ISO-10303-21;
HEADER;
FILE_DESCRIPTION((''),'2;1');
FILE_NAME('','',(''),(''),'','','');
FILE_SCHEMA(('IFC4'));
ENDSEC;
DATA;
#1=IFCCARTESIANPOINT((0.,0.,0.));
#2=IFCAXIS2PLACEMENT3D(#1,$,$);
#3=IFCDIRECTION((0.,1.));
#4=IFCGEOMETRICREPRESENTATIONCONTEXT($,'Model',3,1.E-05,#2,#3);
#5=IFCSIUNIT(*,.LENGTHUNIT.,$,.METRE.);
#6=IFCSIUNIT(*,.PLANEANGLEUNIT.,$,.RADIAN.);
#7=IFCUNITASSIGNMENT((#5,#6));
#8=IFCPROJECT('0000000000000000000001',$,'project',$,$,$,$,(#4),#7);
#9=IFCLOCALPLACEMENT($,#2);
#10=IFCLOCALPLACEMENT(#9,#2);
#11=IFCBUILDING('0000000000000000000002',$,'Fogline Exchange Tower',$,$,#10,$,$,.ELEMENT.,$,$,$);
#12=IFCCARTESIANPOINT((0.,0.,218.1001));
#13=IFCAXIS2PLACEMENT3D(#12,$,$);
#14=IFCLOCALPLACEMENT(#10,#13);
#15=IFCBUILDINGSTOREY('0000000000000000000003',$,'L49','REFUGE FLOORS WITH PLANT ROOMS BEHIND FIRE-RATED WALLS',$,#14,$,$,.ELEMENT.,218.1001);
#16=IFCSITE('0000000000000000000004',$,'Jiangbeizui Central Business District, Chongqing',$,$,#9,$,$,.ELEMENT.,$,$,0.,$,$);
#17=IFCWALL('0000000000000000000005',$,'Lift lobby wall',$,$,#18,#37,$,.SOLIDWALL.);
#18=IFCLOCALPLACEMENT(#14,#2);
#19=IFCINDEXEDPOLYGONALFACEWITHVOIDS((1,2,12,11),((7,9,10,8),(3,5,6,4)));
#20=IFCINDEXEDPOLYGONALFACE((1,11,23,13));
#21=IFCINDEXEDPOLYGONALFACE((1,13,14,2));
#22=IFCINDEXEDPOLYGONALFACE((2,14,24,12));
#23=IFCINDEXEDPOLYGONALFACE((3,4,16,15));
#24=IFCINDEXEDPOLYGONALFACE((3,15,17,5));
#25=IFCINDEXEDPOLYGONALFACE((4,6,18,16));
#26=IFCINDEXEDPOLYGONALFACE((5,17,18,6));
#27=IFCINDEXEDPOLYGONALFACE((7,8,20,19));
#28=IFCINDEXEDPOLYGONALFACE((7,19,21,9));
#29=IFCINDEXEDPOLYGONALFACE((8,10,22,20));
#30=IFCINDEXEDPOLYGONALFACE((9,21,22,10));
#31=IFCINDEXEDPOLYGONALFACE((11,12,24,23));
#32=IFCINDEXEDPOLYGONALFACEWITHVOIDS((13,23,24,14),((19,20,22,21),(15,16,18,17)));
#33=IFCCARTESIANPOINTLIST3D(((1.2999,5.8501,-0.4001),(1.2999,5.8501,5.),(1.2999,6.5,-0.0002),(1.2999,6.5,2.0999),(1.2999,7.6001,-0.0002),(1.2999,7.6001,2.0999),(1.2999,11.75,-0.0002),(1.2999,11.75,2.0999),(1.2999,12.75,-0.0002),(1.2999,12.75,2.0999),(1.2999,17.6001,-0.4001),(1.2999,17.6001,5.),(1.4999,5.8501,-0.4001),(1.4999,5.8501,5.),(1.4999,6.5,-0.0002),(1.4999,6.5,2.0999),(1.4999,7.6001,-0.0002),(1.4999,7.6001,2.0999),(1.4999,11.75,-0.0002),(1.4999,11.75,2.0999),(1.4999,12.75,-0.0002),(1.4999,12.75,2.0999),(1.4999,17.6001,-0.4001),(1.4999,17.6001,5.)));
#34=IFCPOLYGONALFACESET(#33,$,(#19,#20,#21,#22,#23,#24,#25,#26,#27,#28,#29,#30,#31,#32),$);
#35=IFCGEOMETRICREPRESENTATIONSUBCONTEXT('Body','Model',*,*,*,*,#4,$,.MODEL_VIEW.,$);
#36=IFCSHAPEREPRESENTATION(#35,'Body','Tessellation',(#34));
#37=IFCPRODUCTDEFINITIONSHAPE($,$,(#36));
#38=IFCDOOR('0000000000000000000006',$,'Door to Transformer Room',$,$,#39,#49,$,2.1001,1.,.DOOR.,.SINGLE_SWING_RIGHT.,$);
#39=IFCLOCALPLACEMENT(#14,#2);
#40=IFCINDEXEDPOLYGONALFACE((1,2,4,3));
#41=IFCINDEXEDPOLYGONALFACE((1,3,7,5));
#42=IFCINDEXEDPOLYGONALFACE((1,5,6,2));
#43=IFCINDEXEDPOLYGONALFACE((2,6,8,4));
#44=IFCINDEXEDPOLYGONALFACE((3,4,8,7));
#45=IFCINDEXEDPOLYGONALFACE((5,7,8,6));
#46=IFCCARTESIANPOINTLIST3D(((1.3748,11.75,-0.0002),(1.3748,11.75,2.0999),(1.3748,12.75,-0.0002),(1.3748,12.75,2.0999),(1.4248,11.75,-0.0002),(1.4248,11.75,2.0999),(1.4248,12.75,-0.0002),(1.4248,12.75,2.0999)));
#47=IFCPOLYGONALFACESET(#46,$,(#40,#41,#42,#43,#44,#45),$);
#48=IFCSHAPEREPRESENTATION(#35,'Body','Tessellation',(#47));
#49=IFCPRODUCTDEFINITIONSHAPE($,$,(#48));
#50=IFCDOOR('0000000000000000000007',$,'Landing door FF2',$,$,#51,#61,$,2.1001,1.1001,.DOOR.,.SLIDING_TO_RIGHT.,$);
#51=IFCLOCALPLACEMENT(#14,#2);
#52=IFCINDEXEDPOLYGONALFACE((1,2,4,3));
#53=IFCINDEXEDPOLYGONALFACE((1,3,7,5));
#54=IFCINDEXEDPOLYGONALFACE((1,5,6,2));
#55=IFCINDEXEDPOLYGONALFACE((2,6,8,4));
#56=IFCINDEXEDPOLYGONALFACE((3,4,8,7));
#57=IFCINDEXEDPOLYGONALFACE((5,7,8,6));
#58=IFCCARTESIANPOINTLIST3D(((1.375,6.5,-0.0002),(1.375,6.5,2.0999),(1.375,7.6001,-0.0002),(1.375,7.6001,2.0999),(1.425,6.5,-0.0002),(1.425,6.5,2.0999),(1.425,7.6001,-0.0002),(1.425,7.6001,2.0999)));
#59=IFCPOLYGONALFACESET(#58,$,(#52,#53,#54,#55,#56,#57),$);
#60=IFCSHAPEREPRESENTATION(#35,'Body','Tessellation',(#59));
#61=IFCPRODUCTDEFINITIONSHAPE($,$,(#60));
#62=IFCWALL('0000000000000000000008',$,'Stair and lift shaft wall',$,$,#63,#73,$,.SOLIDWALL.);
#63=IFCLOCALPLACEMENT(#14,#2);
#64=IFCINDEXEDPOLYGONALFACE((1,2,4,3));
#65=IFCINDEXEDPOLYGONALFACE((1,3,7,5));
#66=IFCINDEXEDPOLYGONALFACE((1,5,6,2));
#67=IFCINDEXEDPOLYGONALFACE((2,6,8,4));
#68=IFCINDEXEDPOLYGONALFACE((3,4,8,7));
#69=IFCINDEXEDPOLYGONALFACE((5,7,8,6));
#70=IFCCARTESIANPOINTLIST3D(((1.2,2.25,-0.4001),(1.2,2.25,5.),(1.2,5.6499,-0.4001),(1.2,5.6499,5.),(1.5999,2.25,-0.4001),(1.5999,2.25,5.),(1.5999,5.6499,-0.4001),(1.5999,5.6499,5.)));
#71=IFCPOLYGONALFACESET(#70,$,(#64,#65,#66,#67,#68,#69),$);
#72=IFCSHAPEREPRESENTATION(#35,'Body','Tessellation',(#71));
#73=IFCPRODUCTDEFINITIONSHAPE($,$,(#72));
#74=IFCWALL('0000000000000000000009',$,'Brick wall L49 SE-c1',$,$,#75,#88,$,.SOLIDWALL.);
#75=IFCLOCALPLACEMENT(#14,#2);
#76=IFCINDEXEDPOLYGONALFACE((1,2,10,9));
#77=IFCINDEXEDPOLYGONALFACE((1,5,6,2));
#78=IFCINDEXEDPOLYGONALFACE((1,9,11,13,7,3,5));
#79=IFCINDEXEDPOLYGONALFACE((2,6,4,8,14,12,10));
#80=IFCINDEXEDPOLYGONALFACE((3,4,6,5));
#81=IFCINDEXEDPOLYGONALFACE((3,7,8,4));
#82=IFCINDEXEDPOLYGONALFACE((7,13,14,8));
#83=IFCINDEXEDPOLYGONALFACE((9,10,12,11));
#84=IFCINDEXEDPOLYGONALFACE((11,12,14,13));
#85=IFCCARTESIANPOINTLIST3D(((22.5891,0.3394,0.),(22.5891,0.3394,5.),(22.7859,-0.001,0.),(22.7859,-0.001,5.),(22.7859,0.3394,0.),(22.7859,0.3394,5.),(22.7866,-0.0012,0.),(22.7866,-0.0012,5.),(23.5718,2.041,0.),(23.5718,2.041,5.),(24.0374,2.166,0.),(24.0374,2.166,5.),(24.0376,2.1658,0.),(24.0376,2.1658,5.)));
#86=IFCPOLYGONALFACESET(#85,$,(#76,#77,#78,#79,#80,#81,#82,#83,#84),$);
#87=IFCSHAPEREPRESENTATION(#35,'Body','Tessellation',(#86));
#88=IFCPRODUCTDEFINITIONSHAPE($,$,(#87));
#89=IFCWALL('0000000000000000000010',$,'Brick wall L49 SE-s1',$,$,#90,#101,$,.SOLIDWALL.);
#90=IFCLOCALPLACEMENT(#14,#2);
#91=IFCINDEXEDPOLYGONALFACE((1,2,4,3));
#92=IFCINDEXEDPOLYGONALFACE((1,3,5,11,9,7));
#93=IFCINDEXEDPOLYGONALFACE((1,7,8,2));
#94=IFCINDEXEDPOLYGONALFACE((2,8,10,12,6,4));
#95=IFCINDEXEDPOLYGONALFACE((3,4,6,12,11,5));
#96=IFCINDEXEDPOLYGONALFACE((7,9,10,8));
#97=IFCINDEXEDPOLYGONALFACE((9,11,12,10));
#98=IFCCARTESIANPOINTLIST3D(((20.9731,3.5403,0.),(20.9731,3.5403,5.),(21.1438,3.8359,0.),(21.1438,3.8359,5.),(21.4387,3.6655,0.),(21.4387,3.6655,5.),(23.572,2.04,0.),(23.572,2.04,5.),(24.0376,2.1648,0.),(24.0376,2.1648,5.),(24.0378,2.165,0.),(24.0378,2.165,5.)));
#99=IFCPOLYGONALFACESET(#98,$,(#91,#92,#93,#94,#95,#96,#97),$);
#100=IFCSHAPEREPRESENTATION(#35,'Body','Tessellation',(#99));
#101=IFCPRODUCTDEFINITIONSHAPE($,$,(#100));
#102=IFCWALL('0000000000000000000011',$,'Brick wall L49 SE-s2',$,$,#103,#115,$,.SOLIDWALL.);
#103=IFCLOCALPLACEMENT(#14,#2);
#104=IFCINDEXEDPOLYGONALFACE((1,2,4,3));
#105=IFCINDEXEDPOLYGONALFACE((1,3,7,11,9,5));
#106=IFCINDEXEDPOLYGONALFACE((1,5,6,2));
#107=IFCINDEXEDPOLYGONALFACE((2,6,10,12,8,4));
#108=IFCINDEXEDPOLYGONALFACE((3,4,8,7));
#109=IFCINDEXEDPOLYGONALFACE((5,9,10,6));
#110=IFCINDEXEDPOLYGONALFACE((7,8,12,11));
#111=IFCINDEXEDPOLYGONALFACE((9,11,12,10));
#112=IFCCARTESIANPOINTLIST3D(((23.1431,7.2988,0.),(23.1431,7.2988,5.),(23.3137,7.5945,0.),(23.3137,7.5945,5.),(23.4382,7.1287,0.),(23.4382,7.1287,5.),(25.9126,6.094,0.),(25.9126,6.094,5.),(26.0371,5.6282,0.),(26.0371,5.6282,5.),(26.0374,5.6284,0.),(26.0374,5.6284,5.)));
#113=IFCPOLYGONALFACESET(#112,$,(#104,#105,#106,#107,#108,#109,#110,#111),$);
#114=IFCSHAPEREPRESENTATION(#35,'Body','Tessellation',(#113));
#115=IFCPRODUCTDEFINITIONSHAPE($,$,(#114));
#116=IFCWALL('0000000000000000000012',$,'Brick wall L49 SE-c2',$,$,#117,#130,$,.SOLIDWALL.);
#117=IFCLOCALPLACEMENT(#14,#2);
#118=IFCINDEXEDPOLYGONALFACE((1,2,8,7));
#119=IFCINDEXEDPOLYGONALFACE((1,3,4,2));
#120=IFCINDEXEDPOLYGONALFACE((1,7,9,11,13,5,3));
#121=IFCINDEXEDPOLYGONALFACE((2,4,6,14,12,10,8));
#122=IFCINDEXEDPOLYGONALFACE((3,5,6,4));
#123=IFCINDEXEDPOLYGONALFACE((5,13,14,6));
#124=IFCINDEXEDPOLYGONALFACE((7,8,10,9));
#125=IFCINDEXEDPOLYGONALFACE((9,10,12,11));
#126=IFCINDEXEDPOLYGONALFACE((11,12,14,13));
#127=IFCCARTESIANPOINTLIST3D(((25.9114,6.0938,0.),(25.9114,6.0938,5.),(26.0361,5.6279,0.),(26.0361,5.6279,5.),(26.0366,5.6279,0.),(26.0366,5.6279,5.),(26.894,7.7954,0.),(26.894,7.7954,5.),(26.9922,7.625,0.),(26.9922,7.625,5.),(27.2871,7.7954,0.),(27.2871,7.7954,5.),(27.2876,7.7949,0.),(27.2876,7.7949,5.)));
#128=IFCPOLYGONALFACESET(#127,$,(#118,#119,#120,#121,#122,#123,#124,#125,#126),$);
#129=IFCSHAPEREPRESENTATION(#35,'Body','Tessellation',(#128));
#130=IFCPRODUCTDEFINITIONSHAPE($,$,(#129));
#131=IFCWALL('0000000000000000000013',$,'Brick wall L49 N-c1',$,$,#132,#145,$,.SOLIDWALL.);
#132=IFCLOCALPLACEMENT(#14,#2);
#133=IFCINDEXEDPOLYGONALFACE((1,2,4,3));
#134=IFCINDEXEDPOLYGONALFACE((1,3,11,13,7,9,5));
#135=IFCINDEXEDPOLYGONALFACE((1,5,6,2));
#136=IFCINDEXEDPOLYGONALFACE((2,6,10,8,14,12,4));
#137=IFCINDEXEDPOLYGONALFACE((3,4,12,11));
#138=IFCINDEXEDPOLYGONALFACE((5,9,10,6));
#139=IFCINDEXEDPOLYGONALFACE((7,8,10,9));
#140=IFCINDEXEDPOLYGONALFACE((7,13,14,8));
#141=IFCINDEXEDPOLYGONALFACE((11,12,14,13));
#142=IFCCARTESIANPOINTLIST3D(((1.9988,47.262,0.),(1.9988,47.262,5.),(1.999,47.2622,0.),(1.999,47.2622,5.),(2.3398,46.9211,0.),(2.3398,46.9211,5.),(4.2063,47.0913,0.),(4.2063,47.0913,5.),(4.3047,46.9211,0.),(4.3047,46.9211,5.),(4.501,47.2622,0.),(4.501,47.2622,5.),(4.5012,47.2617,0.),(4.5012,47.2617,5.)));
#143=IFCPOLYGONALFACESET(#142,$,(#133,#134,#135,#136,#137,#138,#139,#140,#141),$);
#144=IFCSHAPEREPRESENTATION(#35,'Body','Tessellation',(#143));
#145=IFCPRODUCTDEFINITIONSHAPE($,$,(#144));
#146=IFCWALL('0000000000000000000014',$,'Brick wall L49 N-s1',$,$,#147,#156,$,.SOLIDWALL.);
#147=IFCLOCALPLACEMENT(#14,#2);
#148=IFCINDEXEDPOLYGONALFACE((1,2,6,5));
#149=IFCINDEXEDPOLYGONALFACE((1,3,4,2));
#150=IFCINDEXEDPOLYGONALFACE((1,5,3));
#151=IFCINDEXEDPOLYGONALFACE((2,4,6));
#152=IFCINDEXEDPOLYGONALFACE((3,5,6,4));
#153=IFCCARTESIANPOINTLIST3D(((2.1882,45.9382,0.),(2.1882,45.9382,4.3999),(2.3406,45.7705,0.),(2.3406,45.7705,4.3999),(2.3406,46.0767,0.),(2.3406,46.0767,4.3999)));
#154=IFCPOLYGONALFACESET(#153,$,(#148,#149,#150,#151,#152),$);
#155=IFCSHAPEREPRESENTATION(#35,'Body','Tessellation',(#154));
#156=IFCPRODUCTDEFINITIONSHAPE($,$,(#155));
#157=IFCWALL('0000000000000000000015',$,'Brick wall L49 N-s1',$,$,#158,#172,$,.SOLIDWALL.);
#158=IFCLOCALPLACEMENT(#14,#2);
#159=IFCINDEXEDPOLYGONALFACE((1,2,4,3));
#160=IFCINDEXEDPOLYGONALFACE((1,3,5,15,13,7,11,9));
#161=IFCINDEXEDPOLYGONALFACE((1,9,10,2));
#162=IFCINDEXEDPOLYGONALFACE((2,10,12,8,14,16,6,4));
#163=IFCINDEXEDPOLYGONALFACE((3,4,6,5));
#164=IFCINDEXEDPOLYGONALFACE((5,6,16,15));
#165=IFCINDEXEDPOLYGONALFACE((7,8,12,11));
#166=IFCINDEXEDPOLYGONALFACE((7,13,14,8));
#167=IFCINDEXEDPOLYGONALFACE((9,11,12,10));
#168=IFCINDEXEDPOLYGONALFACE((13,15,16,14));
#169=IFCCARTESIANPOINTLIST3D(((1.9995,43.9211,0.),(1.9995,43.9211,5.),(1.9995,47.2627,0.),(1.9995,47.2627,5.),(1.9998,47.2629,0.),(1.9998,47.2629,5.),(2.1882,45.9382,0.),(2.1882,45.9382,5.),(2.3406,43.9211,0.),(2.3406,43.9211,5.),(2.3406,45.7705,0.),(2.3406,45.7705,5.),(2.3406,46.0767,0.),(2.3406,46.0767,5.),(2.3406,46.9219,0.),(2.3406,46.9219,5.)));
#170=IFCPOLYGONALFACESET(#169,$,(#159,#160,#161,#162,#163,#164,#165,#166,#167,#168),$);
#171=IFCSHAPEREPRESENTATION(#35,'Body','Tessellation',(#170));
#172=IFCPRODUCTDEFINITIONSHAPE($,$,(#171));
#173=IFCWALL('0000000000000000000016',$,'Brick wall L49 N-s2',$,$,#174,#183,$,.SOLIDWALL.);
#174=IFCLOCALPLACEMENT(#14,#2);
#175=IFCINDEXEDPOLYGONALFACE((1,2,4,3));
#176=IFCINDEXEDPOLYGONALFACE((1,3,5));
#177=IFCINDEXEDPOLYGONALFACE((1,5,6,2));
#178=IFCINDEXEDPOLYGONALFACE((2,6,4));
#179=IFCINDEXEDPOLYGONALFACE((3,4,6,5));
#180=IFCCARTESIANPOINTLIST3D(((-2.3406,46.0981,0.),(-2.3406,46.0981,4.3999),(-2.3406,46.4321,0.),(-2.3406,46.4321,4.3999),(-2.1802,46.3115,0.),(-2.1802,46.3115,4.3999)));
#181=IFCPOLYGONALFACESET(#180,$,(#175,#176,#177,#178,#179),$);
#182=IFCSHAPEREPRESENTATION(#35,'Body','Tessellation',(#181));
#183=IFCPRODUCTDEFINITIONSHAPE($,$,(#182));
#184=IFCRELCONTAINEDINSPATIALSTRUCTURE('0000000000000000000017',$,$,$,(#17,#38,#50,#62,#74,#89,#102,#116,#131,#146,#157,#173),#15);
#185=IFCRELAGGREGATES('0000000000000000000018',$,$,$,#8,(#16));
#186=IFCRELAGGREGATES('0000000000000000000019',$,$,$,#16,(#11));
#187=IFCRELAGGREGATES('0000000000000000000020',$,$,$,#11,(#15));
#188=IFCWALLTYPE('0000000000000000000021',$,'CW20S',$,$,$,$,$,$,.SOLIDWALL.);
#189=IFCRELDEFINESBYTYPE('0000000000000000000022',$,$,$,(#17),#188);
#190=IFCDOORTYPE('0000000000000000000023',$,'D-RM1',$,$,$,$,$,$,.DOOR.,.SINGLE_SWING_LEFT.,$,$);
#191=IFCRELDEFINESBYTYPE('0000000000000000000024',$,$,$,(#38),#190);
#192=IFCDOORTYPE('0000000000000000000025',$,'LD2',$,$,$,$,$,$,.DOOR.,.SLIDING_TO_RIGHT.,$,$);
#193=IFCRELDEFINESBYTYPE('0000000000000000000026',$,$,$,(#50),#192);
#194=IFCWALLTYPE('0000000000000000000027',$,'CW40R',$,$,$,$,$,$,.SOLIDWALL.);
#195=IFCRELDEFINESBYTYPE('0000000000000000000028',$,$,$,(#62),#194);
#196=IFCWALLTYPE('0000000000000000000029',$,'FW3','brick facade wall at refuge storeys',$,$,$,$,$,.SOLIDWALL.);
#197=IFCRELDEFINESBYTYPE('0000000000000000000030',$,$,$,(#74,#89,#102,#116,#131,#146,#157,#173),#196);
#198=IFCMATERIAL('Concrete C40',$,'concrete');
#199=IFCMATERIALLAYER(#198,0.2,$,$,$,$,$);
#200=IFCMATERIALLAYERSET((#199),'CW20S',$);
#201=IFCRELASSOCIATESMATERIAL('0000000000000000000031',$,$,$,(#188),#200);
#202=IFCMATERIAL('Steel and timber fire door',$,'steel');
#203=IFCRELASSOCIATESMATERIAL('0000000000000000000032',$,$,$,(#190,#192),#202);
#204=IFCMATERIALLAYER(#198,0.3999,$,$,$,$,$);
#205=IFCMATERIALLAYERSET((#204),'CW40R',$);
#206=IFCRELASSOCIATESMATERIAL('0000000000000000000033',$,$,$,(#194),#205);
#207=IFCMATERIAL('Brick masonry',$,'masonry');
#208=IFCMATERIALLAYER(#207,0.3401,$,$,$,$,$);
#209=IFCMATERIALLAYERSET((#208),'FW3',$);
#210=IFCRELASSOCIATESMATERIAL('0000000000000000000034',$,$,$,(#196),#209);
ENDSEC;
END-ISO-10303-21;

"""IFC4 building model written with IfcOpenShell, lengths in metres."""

from ifc_helpers import new_model, si_unit, direction, frame, frame_2d, origin, place, context, subcontext, project, spatial, polyline, rectangle, outline, extrude, material, layer, layer_set, type_object, element, fill, save


model = new_model("IFC4")

# Units and contexts
model_context = context("Model", 3, precision=1e-05, world=origin(), true_north=direction((0.0, 1.0)))
body_context = subcontext(model_context, "Body", "Model", "MODEL_VIEW")
ifc_project = project(units=[si_unit("LENGTHUNIT", "METRE"), si_unit("PLANEANGLEUNIT", "RADIAN")], contexts=[model_context])

# Site, building, storey
site_placement = place(None, origin())
site = spatial("IfcSite", under=ifc_project, at=site_placement, Name="Jiangbeizui Central Business District, Chongqing", CompositionType="ELEMENT", RefElevation=0.0)
building_placement = place(site_placement, origin())
building = spatial("IfcBuilding", under=site, at=building_placement, Name="Fogline Exchange Tower", CompositionType="ELEMENT")
storey_placement = place(building_placement, frame((0.0, 0.0, 218.1001)))
storey = spatial("IfcBuildingStorey", under=building, at=storey_placement, Name="L49", Description="REFUGE FLOORS WITH PLANT ROOMS BEHIND FIRE-RATED WALLS", CompositionType="ELEMENT", Elevation=218.1001)

# Shared definitions
ifc_material_1 = material(Name="Concrete C40", Category="concrete")

# Wall, openings, doors
ifc_layer_1 = layer(ifc_material_1, 0.2)
ifc_layer_set_1 = layer_set([ifc_layer_1], Name="CW20S")
wall_type_1 = type_object("IfcWallType", Name="CW20S", PredefinedType="SOLIDWALL", material=ifc_layer_set_1)
wall_1_placement = place(storey_placement, frame((1.3999, 5.8501, -0.4001), z_axis=(0.0, 0.0, 1.0), x_axis=(0.0, 1.0, 0.0)))
wall_1 = element("IfcWall", 1, at=wall_1_placement, inside=storey, type_object=wall_type_1, Name="Lift lobby wall", PredefinedType="SOLIDWALL", context=body_context, shape_type="SweptSolid", body=[
    extrude(rectangle(XDim=11.75, YDim=0.2, at=frame_2d((5.875, 0.0))), origin(), (0.0, 0.0, 1.0), 5.4001),
])
opening_1_placement = place(wall_1_placement, frame((0.6499, 0.0, 0.3999)))
opening_1 = element("IfcOpeningElement", 2, at=opening_1_placement, cuts=wall_1, PredefinedType="OPENING", context=body_context, shape_type="SweptSolid", body=[
    extrude(rectangle(XDim=1.1001, YDim=2.1001, at=frame_2d((0.55, 1.05))), frame((0.0, 0.1099, 0.0), z_axis=(0.0, -1.0, 0.0), x_axis=(1.0, 0.0, 0.0)), (0.0, 0.0, 1.0), 0.22),
])
opening_2_placement = place(wall_1_placement, frame((5.8999, 0.0, 0.3999)))
opening_2 = element("IfcOpeningElement", 3, at=opening_2_placement, cuts=wall_1, PredefinedType="OPENING", context=body_context, shape_type="SweptSolid", body=[
    extrude(rectangle(XDim=1.0, YDim=2.1001, at=frame_2d((0.5, 1.05))), frame((0.0, 0.1099, 0.0), z_axis=(0.0, -1.0, 0.0), x_axis=(1.0, 0.0, 0.0)), (0.0, 0.0, 1.0), 0.22),
])
ifc_material_2 = material(Name="Steel and timber fire door", Category="steel")
door_type_1 = type_object("IfcDoorType", Name="D-RM1", OperationType="SINGLE_SWING_LEFT", PredefinedType="DOOR", material=ifc_material_2)
door_1_placement = place(opening_2_placement, frame((1.0, 0.0, 0.0), z_axis=(0.0, 0.0, 1.0), x_axis=(-1.0, 0.0, 0.0)))
door_1 = element("IfcDoor", 4, at=door_1_placement, inside=storey, type_object=door_type_1, Name="Door to Transformer Room", OperationType="SINGLE_SWING_RIGHT", OverallHeight=2.1001, OverallWidth=1.0, PredefinedType="DOOR", context=body_context, shape_type="SweptSolid", body=[
    extrude(rectangle(XDim=1.0, YDim=2.1001, at=frame_2d((0.5, 1.05))), frame((0.0, 0.0249, 0.0), z_axis=(0.0, -1.0, 0.0), x_axis=(1.0, 0.0, 0.0)), (0.0, 0.0, 1.0), 0.05),
])
fill(opening_2, door_1)
door_type_2 = type_object("IfcDoorType", Name="LD2", OperationType="SLIDING_TO_RIGHT", PredefinedType="DOOR", material=ifc_material_2)
door_2_placement = place(opening_1_placement, origin())
door_2 = element("IfcDoor", 5, at=door_2_placement, inside=storey, type_object=door_type_2, Name="Landing door FF2", OperationType="SLIDING_TO_RIGHT", OverallHeight=2.1001, OverallWidth=1.1001, PredefinedType="DOOR", context=body_context, shape_type="SweptSolid", body=[
    extrude(rectangle(XDim=1.1001, YDim=2.1001, at=frame_2d((0.55, 1.05))), frame((0.0, 0.0249, 0.0), z_axis=(0.0, -1.0, 0.0), x_axis=(1.0, 0.0, 0.0)), (0.0, 0.0, 1.0), 0.05),
])
fill(opening_1, door_2)

# Walls
ifc_layer_2 = layer(ifc_material_1, 0.3999)
ifc_layer_set_2 = layer_set([ifc_layer_2], Name="CW40R")
wall_type_2 = type_object("IfcWallType", Name="CW40R", PredefinedType="SOLIDWALL", material=ifc_layer_set_2)
wall_2_placement = place(storey_placement, frame((1.3999, 2.25, -0.4001), z_axis=(0.0, 0.0, 1.0), x_axis=(0.0, 1.0, 0.0)))
element("IfcWall", 6, at=wall_2_placement, inside=storey, type_object=wall_type_2, Name="Stair and lift shaft wall", PredefinedType="SOLIDWALL", context=body_context, shape_type="SweptSolid", body=[
    extrude(rectangle(XDim=3.3999, YDim=0.3999, at=frame_2d((1.7, 0.0))), origin(), (0.0, 0.0, 1.0), 5.4001),
])
ifc_material_3 = material(Name="Brick masonry", Category="masonry")
ifc_layer_3 = layer(ifc_material_3, 0.3401)
ifc_layer_set_3 = layer_set([ifc_layer_3], Name="FW3")
wall_type_3 = type_object("IfcWallType", Name="FW3", Description="brick facade wall at refuge storeys", PredefinedType="SOLIDWALL", material=ifc_layer_set_3)
wall_3_placement = place(storey_placement, origin())
element("IfcWall", 7, at=wall_3_placement, inside=storey, type_object=wall_type_3, Name="Brick wall L49 SE-c1", PredefinedType="SOLIDWALL", context=body_context, shape_type="SweptSolid", body=[
    extrude(outline(polyline([(24.0376, 2.1658), (22.7866, -0.0012), (22.7859, -0.001), (22.7859, 0.3394), (22.5891, 0.3394), (23.5718, 2.041), (24.0374, 2.166), (24.0376, 2.1658)])), origin(), (0.0, 0.0, 1.0), 5.0),
])
wall_4_placement = place(storey_placement, origin())
element("IfcWall", 8, at=wall_4_placement, inside=storey, type_object=wall_type_3, Name="Brick wall L49 SE-s1", PredefinedType="SOLIDWALL", context=body_context, shape_type="SweptSolid", body=[
    extrude(outline(polyline([(20.9731, 3.5403), (21.1438, 3.8359), (21.4387, 3.6655), (24.0378, 2.165), (24.0376, 2.1648), (23.572, 2.04), (20.9731, 3.5403)])), origin(), (0.0, 0.0, 1.0), 5.0),
])
wall_5_placement = place(storey_placement, origin())
element("IfcWall", 9, at=wall_5_placement, inside=storey, type_object=wall_type_3, Name="Brick wall L49 SE-s2", PredefinedType="SOLIDWALL", context=body_context, shape_type="SweptSolid", body=[
    extrude(outline(polyline([(26.0371, 5.6282), (23.4382, 7.1287), (23.1431, 7.2988), (23.3137, 7.5945), (25.9126, 6.094), (26.0374, 5.6284), (26.0371, 5.6282)])), origin(), (0.0, 0.0, 1.0), 5.0),
])
wall_6_placement = place(storey_placement, origin())
element("IfcWall", 10, at=wall_6_placement, inside=storey, type_object=wall_type_3, Name="Brick wall L49 SE-c2", PredefinedType="SOLIDWALL", context=body_context, shape_type="SweptSolid", body=[
    extrude(outline(polyline([(26.894, 7.7954), (26.9922, 7.625), (27.2871, 7.7954), (27.2876, 7.7949), (26.0366, 5.6279), (26.0361, 5.6279), (25.9114, 6.0938), (26.894, 7.7954)])), origin(), (0.0, 0.0, 1.0), 5.0),
])
wall_7_placement = place(storey_placement, origin())
element("IfcWall", 11, at=wall_7_placement, inside=storey, type_object=wall_type_3, Name="Brick wall L49 N-c1", PredefinedType="SOLIDWALL", context=body_context, shape_type="SweptSolid", body=[
    extrude(outline(polyline([(1.999, 47.2622), (4.501, 47.2622), (4.5012, 47.2617), (4.2063, 47.0913), (4.3047, 46.9211), (2.3398, 46.9211), (1.9988, 47.262), (1.999, 47.2622)])), origin(), (0.0, 0.0, 1.0), 5.0),
])
wall_8_placement = place(storey_placement, origin())
element("IfcWall", 12, at=wall_8_placement, inside=storey, type_object=wall_type_3, Name="Brick wall L49 N-s1", PredefinedType="SOLIDWALL", context=body_context, shape_type="SweptSolid", body=[
    extrude(outline(polyline([(2.3406, 45.7705), (2.1882, 45.9382), (2.3406, 46.0767), (2.3406, 45.7705)])), origin(), (0.0, 0.0, 1.0), 4.3999),
])
wall_9_placement = place(storey_placement, origin())
element("IfcWall", 13, at=wall_9_placement, inside=storey, type_object=wall_type_3, Name="Brick wall L49 N-s1", PredefinedType="SOLIDWALL", context=body_context, shape_type="SweptSolid", body=[
    extrude(outline(polyline([(1.9995, 43.9211), (1.9995, 47.2627), (1.9998, 47.2629), (2.3406, 46.9219), (2.3406, 46.0767), (2.1882, 45.9382), (2.3406, 45.7705), (2.3406, 43.9211), (1.9995, 43.9211)])), origin(), (0.0, 0.0, 1.0), 5.0),
])
wall_10_placement = place(storey_placement, origin())
element("IfcWall", 14, at=wall_10_placement, inside=storey, type_object=wall_type_3, Name="Brick wall L49 N-s2", PredefinedType="SOLIDWALL", context=body_context, shape_type="SweptSolid", body=[
    extrude(outline(polyline([(-2.3406, 46.4321), (-2.1802, 46.3115), (-2.3406, 46.0981), (-2.3406, 46.4321)])), origin(), (0.0, 0.0, 1.0), 4.3999),
])

save(model, "model.ifc")
